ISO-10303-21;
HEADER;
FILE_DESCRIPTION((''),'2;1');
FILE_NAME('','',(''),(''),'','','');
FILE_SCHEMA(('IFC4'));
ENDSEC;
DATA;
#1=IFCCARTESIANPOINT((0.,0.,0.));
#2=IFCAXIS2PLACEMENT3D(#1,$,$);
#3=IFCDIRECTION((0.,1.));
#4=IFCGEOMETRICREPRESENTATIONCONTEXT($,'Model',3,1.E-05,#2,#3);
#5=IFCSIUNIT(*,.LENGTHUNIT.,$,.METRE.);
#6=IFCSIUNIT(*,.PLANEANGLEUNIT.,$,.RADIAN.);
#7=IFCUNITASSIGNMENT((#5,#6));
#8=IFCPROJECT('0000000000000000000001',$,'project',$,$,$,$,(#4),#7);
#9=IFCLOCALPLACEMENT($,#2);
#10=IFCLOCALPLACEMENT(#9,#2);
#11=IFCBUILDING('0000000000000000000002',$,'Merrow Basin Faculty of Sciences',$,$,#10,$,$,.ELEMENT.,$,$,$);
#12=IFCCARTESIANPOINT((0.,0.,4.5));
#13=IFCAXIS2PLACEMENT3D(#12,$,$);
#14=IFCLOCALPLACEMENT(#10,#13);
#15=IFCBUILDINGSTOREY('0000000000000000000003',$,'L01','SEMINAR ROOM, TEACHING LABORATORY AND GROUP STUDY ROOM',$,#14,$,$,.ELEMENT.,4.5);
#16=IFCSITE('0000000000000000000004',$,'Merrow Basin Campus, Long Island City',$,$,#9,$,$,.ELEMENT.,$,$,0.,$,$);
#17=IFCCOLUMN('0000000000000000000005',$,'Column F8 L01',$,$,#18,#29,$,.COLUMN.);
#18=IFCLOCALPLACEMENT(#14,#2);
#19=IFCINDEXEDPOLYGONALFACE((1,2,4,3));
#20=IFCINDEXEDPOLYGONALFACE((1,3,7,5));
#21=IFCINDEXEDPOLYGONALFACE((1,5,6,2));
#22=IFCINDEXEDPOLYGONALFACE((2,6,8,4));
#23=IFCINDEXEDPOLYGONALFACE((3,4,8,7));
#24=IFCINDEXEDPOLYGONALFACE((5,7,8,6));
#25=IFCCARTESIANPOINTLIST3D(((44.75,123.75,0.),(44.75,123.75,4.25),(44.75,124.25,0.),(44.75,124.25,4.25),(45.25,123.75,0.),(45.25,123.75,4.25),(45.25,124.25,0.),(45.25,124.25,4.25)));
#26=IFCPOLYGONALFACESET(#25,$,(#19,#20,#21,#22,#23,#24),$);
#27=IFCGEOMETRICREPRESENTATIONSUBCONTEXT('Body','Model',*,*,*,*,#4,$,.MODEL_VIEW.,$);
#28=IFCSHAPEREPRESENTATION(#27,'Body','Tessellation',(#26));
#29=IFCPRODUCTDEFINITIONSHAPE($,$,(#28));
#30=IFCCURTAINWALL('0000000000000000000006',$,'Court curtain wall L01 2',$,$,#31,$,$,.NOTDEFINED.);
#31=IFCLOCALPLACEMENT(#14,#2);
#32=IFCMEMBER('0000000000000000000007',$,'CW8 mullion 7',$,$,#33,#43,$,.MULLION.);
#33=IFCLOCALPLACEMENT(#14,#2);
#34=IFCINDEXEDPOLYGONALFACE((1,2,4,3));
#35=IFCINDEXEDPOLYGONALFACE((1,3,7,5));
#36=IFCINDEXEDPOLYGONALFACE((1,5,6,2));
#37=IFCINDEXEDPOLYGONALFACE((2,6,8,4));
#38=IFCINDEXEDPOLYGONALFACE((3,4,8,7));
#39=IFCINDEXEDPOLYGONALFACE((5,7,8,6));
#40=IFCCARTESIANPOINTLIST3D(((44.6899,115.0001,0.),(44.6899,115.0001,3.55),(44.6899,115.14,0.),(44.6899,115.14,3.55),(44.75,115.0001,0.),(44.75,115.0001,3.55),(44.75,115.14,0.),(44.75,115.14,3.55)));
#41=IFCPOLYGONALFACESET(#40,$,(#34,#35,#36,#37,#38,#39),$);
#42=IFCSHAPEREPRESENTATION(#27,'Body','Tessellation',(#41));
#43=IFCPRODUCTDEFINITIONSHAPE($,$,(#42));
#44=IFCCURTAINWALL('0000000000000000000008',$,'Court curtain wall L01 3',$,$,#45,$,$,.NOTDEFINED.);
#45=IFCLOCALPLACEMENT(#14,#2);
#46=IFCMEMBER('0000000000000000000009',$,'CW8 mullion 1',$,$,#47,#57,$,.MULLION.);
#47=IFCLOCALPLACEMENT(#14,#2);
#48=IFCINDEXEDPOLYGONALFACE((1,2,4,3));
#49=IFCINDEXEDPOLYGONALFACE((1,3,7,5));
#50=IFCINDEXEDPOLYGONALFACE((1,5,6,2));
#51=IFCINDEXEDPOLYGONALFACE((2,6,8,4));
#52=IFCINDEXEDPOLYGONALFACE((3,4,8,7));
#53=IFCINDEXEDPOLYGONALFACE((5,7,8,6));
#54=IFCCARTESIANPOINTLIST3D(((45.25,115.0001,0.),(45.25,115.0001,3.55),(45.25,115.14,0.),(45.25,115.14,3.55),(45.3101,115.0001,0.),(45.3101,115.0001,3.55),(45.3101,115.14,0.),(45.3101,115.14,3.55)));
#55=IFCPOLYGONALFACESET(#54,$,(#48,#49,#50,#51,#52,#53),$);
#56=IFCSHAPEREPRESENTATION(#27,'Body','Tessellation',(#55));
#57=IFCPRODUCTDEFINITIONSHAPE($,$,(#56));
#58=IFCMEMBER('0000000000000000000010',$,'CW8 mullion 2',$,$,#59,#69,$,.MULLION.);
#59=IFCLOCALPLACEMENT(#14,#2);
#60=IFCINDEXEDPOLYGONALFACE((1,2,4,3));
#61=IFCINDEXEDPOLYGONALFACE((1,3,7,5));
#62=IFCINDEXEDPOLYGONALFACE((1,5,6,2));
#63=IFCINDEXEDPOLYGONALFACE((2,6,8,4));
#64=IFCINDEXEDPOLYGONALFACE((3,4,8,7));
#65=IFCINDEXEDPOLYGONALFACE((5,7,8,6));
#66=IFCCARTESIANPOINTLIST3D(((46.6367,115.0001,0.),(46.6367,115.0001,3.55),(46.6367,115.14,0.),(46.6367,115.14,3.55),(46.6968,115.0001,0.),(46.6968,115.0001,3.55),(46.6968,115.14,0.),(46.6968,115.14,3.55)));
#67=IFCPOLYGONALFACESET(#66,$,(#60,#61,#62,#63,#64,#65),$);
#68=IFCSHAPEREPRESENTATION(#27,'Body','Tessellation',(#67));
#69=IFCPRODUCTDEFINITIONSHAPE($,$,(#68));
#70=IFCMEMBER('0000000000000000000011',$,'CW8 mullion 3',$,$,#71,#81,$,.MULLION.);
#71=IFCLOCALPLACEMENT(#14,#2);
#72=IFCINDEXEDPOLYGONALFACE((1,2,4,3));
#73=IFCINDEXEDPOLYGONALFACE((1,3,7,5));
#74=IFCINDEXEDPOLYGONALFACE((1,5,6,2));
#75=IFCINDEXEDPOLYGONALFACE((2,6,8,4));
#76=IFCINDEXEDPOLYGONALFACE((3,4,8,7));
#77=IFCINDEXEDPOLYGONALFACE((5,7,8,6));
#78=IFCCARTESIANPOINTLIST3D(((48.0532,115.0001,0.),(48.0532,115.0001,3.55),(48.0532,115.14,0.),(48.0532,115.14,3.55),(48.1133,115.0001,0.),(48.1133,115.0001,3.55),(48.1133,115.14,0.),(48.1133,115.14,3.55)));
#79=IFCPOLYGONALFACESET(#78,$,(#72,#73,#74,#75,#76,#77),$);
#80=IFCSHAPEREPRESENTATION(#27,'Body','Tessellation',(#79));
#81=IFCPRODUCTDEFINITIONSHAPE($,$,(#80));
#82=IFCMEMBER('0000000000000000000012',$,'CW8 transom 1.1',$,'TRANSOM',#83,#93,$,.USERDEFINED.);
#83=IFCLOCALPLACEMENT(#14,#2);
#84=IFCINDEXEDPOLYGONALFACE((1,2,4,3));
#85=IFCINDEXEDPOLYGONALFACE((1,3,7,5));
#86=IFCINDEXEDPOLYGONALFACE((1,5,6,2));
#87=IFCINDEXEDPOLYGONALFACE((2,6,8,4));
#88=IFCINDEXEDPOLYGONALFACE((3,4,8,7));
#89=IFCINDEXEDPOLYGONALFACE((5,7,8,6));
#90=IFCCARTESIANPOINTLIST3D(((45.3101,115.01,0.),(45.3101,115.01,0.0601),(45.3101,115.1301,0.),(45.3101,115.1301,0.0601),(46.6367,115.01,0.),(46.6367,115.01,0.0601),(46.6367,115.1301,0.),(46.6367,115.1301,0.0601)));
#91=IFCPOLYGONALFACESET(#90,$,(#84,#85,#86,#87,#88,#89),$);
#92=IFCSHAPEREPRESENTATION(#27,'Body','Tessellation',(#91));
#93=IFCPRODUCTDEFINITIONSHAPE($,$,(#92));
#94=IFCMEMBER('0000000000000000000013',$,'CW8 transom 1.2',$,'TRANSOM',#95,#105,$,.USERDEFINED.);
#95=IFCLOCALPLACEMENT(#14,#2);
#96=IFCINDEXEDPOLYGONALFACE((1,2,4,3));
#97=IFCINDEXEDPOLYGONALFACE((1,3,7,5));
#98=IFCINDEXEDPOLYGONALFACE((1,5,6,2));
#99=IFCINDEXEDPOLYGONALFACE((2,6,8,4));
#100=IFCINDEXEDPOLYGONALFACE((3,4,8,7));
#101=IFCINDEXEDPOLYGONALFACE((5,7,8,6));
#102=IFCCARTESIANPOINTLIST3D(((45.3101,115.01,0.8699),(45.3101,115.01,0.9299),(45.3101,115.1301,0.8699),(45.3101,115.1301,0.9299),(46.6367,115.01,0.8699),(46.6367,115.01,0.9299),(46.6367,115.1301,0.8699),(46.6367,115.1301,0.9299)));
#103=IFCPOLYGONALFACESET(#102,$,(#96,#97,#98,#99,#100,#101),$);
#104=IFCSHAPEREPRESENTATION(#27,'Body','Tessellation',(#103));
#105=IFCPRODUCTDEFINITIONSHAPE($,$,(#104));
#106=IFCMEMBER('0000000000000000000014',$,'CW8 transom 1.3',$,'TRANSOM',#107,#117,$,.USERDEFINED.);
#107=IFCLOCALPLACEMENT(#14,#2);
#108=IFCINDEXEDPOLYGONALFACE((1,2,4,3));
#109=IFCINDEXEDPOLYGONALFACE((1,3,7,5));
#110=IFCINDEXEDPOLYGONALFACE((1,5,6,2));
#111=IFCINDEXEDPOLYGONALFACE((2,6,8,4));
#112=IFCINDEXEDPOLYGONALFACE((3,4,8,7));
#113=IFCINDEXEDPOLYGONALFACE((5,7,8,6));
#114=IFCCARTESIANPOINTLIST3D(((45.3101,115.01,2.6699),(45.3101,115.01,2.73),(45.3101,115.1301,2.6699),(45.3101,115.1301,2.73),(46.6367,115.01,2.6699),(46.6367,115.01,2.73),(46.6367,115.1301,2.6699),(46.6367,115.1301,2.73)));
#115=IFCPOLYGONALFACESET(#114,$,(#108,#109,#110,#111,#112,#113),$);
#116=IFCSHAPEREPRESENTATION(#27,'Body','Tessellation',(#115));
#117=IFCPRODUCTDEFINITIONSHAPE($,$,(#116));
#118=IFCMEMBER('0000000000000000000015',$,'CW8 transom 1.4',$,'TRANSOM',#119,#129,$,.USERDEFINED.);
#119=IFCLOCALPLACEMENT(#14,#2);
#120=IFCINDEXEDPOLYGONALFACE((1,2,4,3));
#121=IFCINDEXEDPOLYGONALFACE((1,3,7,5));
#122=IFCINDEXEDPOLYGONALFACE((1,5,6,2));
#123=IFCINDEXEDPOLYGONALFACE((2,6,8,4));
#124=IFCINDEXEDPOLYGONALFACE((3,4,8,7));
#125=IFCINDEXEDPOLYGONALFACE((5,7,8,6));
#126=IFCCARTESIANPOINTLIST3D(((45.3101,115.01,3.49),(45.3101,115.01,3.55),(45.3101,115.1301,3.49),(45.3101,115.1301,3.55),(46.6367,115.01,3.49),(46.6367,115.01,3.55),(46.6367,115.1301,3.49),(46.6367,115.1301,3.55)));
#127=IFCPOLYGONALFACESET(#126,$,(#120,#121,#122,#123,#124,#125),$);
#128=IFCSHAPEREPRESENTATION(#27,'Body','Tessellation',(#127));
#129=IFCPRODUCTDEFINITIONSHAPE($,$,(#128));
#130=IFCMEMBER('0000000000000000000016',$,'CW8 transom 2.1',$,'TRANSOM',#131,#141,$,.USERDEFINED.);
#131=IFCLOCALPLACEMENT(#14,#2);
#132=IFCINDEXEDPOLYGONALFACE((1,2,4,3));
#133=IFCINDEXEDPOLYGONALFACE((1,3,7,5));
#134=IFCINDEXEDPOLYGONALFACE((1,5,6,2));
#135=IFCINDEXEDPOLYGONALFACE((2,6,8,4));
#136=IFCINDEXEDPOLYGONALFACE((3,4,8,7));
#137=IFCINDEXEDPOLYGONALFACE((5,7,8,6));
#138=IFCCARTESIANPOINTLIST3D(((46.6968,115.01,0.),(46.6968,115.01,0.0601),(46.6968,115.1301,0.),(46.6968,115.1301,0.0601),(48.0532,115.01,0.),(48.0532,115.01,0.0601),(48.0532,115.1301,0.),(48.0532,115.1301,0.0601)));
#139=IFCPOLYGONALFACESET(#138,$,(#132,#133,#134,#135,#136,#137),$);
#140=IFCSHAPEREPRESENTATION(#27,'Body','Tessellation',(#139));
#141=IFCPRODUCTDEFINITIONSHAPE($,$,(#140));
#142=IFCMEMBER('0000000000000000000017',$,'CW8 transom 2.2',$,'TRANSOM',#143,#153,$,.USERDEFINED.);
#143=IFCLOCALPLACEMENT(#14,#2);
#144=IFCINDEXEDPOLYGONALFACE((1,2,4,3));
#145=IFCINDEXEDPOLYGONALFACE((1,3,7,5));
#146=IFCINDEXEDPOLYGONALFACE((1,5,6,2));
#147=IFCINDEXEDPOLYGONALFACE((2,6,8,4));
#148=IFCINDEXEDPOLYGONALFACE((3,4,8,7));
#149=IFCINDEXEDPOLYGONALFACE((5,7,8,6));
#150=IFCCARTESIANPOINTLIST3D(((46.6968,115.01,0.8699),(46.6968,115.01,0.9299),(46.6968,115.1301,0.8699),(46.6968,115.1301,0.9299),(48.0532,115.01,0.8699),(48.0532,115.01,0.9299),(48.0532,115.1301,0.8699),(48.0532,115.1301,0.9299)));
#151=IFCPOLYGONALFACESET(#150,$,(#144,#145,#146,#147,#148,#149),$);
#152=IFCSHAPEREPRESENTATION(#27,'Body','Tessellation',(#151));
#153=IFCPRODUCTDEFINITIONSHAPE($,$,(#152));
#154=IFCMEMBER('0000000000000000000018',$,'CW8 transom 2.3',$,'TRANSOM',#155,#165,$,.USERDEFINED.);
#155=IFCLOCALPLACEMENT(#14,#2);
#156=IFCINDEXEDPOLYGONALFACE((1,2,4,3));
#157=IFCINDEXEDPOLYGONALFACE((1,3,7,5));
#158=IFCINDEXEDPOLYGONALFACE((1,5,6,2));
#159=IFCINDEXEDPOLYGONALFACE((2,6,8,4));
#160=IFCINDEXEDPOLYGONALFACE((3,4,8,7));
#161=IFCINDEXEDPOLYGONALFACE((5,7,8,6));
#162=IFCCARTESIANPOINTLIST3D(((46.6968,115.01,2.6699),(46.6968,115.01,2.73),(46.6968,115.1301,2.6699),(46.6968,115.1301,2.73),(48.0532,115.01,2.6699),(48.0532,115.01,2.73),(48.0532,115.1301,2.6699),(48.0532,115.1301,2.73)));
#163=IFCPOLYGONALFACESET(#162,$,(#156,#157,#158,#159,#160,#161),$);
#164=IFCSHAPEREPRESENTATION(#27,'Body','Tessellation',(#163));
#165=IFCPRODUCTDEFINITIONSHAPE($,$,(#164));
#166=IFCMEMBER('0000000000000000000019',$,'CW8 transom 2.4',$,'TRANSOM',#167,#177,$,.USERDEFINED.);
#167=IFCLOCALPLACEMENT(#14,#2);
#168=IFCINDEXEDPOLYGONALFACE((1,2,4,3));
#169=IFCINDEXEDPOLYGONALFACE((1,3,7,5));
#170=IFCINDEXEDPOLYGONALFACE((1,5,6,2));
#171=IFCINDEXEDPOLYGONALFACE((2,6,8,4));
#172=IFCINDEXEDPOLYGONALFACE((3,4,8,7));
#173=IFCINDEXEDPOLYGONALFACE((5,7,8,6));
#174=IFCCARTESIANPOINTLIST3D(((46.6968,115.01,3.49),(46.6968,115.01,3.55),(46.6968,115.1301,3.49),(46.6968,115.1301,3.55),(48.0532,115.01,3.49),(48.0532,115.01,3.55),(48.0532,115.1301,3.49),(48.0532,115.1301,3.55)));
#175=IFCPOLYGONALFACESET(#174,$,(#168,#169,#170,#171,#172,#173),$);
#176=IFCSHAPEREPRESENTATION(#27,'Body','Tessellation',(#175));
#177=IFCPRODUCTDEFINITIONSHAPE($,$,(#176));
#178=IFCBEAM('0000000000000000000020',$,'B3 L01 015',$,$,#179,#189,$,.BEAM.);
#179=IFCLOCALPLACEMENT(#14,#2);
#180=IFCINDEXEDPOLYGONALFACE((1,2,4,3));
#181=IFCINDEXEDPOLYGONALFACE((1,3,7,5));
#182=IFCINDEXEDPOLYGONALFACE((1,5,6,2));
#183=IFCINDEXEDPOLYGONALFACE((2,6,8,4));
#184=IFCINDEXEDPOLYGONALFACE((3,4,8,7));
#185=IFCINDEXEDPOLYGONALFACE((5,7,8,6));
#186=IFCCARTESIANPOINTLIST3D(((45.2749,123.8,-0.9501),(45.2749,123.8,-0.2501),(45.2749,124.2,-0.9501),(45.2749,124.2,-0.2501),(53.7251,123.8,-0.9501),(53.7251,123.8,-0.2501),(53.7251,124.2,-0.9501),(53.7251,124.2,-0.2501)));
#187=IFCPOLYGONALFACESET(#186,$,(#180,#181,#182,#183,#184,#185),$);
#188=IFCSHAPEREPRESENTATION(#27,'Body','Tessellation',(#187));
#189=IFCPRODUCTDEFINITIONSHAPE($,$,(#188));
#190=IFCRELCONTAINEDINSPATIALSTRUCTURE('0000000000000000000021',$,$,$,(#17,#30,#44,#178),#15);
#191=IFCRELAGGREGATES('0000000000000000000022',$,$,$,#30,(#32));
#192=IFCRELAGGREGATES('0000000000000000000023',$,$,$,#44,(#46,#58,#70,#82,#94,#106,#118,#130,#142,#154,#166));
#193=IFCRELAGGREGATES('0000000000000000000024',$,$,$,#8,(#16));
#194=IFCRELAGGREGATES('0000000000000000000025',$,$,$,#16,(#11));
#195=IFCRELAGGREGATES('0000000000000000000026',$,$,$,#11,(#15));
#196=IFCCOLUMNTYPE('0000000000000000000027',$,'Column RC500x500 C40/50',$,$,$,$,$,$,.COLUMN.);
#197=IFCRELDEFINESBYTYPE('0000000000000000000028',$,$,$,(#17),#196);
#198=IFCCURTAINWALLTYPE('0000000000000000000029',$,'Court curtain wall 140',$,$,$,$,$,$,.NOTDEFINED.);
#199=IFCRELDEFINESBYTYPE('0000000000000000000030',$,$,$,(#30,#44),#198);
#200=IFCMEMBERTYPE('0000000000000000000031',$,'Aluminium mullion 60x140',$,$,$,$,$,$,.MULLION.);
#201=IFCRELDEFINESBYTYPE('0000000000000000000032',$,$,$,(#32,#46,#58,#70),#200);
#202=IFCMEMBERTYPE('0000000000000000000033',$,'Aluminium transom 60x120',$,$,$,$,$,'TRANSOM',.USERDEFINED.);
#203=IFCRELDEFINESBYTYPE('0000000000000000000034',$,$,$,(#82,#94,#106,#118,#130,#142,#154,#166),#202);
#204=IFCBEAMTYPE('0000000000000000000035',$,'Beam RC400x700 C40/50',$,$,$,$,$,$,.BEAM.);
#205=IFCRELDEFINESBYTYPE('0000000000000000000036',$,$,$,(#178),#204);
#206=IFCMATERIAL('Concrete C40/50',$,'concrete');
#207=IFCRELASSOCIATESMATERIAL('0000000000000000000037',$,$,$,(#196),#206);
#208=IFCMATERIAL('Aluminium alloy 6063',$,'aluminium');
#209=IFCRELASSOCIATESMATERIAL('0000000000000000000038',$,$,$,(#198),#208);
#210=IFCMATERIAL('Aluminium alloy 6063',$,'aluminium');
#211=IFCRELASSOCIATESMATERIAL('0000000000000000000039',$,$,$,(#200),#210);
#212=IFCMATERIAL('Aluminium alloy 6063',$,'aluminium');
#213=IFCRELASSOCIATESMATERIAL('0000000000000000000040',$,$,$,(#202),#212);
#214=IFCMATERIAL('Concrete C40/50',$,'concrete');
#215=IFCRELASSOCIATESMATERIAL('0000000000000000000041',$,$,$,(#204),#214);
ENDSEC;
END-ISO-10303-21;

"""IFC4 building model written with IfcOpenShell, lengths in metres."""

from ifc_helpers import new_model, si_unit, direction, frame, origin, origin_2d, place, context, subcontext, project, spatial, rectangle, extrude, material, material_profile, profile_set, type_object, element, aggregate, save


model = new_model("IFC4")

# Units and contexts
model_context = context("Model", 3, precision=1e-05, world=origin(), true_north=direction((0.0, 1.0)))
body_context = subcontext(model_context, "Body", "Model", "MODEL_VIEW")
ifc_project = project(units=[si_unit("LENGTHUNIT", "METRE"), si_unit("PLANEANGLEUNIT", "RADIAN")], contexts=[model_context])

# Site, building, storey
site_placement = place(None, origin())
site = spatial("IfcSite", under=ifc_project, at=site_placement, Name="Merrow Basin Campus, Long Island City", CompositionType="ELEMENT", RefElevation=0.0)
building_placement = place(site_placement, origin())
building = spatial("IfcBuilding", under=site, at=building_placement, Name="Merrow Basin Faculty of Sciences", CompositionType="ELEMENT")
storey_placement = place(building_placement, frame((0.0, 0.0, 4.5)))
storey = spatial("IfcBuildingStorey", under=building, at=storey_placement, Name="L01", Description="SEMINAR ROOM, TEACHING LABORATORY AND GROUP STUDY ROOM", CompositionType="ELEMENT", Elevation=4.5)

# Column
ifc_material_1 = material(Name="Concrete C40/50", Category="concrete")
ifc_material_profile_1 = material_profile(ifc_material_1, rectangle(XDim=0.5, YDim=0.5, at=origin_2d()))
ifc_profile_set_1 = profile_set([ifc_material_profile_1], Name="Concrete C40/50")
column_type = type_object("IfcColumnType", Name="Column RC500x500 C40/50", PredefinedType="COLUMN", material=ifc_profile_set_1)
column_placement = place(storey_placement, frame((45.0, 124.0, 0.0), z_axis=(0.0, 0.0, 1.0), x_axis=(1.0, 0.0, 0.0)))
element("IfcColumn", 1, at=column_placement, inside=storey, type_object=column_type, Name="Column F8 L01", PredefinedType="COLUMN", context=body_context, shape_type="SweptSolid", body=[
    extrude(rectangle(XDim=0.5, YDim=0.5, at=origin_2d()), origin(), (0.0, 0.0, 1.0), 4.25),
])

# Curtain wall, member
ifc_material_2 = material(Name="Aluminium alloy 6063", Category="aluminium")
curtain_wall_type = type_object("IfcCurtainWallType", Name="Court curtain wall 140", PredefinedType="NOTDEFINED", material=ifc_material_2)
curtain_wall_1_placement = place(storey_placement, origin())
curtain_wall_1 = element("IfcCurtainWall", 2, at=curtain_wall_1_placement, inside=storey, type_object=curtain_wall_type, Name="Court curtain wall L01 2", PredefinedType="NOTDEFINED")
ifc_material_3 = material(Name="Aluminium alloy 6063", Category="aluminium")
ifc_material_profile_2 = material_profile(ifc_material_3, rectangle(XDim=0.1399, YDim=0.0601, at=origin_2d()))
ifc_profile_set_2 = profile_set([ifc_material_profile_2], Name="Aluminium alloy 6063")
member_type_1 = type_object("IfcMemberType", Name="Aluminium mullion 60x140", PredefinedType="MULLION", material=ifc_profile_set_2)
member_1_placement = place(storey_placement, frame((44.72, 115.0701, 0.0), z_axis=(0.0, 0.0, 1.0), x_axis=(0.0, 1.0, 0.0)))
member_1 = element("IfcMember", 3, at=member_1_placement, type_object=member_type_1, Name="CW8 mullion 7", PredefinedType="MULLION", context=body_context, shape_type="SweptSolid", body=[
    extrude(rectangle(XDim=0.1399, YDim=0.0601, at=origin_2d()), origin(), (0.0, 0.0, 1.0), 3.55),
])

# Curtain wall, members
curtain_wall_2_placement = place(storey_placement, origin())
curtain_wall_2 = element("IfcCurtainWall", 4, at=curtain_wall_2_placement, inside=storey, type_object=curtain_wall_type, Name="Court curtain wall L01 3", PredefinedType="NOTDEFINED")
member_2_placement = place(storey_placement, frame((45.28, 115.0701, 0.0), z_axis=(0.0, 0.0, 1.0), x_axis=(0.0, 1.0, 0.0)))
member_2 = element("IfcMember", 5, at=member_2_placement, type_object=member_type_1, Name="CW8 mullion 1", PredefinedType="MULLION", context=body_context, shape_type="SweptSolid", body=[
    extrude(rectangle(XDim=0.1399, YDim=0.0601, at=origin_2d()), origin(), (0.0, 0.0, 1.0), 3.55),
])
member_3_placement = place(storey_placement, frame((46.6667, 115.0701, 0.0), z_axis=(0.0, 0.0, 1.0), x_axis=(0.0, 1.0, 0.0)))
member_3 = element("IfcMember", 6, at=member_3_placement, type_object=member_type_1, Name="CW8 mullion 2", PredefinedType="MULLION", context=body_context, shape_type="SweptSolid", body=[
    extrude(rectangle(XDim=0.1399, YDim=0.0601, at=origin_2d()), origin(), (0.0, 0.0, 1.0), 3.55),
])
member_4_placement = place(storey_placement, frame((48.0833, 115.0701, 0.0), z_axis=(0.0, 0.0, 1.0), x_axis=(0.0, 1.0, 0.0)))
member_4 = element("IfcMember", 7, at=member_4_placement, type_object=member_type_1, Name="CW8 mullion 3", PredefinedType="MULLION", context=body_context, shape_type="SweptSolid", body=[
    extrude(rectangle(XDim=0.1399, YDim=0.0601, at=origin_2d()), origin(), (0.0, 0.0, 1.0), 3.55),
])
ifc_material_4 = material(Name="Aluminium alloy 6063", Category="aluminium")
ifc_material_profile_3 = material_profile(ifc_material_4, rectangle(XDim=0.1201, YDim=0.0601, at=origin_2d()))
ifc_profile_set_3 = profile_set([ifc_material_profile_3], Name="Aluminium alloy 6063")
member_type_2 = type_object("IfcMemberType", Name="Aluminium transom 60x120", ElementType="TRANSOM", PredefinedType="USERDEFINED", material=ifc_profile_set_3)
member_5_placement = place(storey_placement, frame((45.3101, 115.0701, 0.03), z_axis=(1.0, 0.0, 0.0), x_axis=(0.0, 1.0, 0.0)))
member_5 = element("IfcMember", 8, at=member_5_placement, type_object=member_type_2, Name="CW8 transom 1.1", ObjectType="TRANSOM", PredefinedType="USERDEFINED", context=body_context, shape_type="SweptSolid", body=[
    extrude(rectangle(XDim=0.1201, YDim=0.0601, at=origin_2d()), origin(), (0.0, 0.0, 1.0), 1.3267),
])
member_6_placement = place(storey_placement, frame((45.3101, 115.0701, 0.8999), z_axis=(1.0, 0.0, 0.0), x_axis=(0.0, 1.0, 0.0)))
member_6 = element("IfcMember", 9, at=member_6_placement, type_object=member_type_2, Name="CW8 transom 1.2", ObjectType="TRANSOM", PredefinedType="USERDEFINED", context=body_context, shape_type="SweptSolid", body=[
    extrude(rectangle(XDim=0.1201, YDim=0.0601, at=origin_2d()), origin(), (0.0, 0.0, 1.0), 1.3267),
])
member_7_placement = place(storey_placement, frame((45.3101, 115.0701, 2.7), z_axis=(1.0, 0.0, 0.0), x_axis=(0.0, 1.0, 0.0)))
member_7 = element("IfcMember", 10, at=member_7_placement, type_object=member_type_2, Name="CW8 transom 1.3", ObjectType="TRANSOM", PredefinedType="USERDEFINED", context=body_context, shape_type="SweptSolid", body=[
    extrude(rectangle(XDim=0.1201, YDim=0.0601, at=origin_2d()), origin(), (0.0, 0.0, 1.0), 1.3267),
])
member_8_placement = place(storey_placement, frame((45.3101, 115.0701, 3.52), z_axis=(1.0, 0.0, 0.0), x_axis=(0.0, 1.0, 0.0)))
member_8 = element("IfcMember", 11, at=member_8_placement, type_object=member_type_2, Name="CW8 transom 1.4", ObjectType="TRANSOM", PredefinedType="USERDEFINED", context=body_context, shape_type="SweptSolid", body=[
    extrude(rectangle(XDim=0.1201, YDim=0.0601, at=origin_2d()), origin(), (0.0, 0.0, 1.0), 1.3267),
])
member_9_placement = place(storey_placement, frame((46.6968, 115.0701, 0.03), z_axis=(1.0, 0.0, 0.0), x_axis=(0.0, 1.0, 0.0)))
member_9 = element("IfcMember", 12, at=member_9_placement, type_object=member_type_2, Name="CW8 transom 2.1", ObjectType="TRANSOM", PredefinedType="USERDEFINED", context=body_context, shape_type="SweptSolid", body=[
    extrude(rectangle(XDim=0.1201, YDim=0.0601, at=origin_2d()), origin(), (0.0, 0.0, 1.0), 1.3564),
])
member_10_placement = place(storey_placement, frame((46.6968, 115.0701, 0.8999), z_axis=(1.0, 0.0, 0.0), x_axis=(0.0, 1.0, 0.0)))
member_10 = element("IfcMember", 13, at=member_10_placement, type_object=member_type_2, Name="CW8 transom 2.2", ObjectType="TRANSOM", PredefinedType="USERDEFINED", context=body_context, shape_type="SweptSolid", body=[
    extrude(rectangle(XDim=0.1201, YDim=0.0601, at=origin_2d()), origin(), (0.0, 0.0, 1.0), 1.3564),
])
member_11_placement = place(storey_placement, frame((46.6968, 115.0701, 2.7), z_axis=(1.0, 0.0, 0.0), x_axis=(0.0, 1.0, 0.0)))
member_11 = element("IfcMember", 14, at=member_11_placement, type_object=member_type_2, Name="CW8 transom 2.3", ObjectType="TRANSOM", PredefinedType="USERDEFINED", context=body_context, shape_type="SweptSolid", body=[
    extrude(rectangle(XDim=0.1201, YDim=0.0601, at=origin_2d()), origin(), (0.0, 0.0, 1.0), 1.3564),
])
member_12_placement = place(storey_placement, frame((46.6968, 115.0701, 3.52), z_axis=(1.0, 0.0, 0.0), x_axis=(0.0, 1.0, 0.0)))
member_12 = element("IfcMember", 15, at=member_12_placement, type_object=member_type_2, Name="CW8 transom 2.4", ObjectType="TRANSOM", PredefinedType="USERDEFINED", context=body_context, shape_type="SweptSolid", body=[
    extrude(rectangle(XDim=0.1201, YDim=0.0601, at=origin_2d()), origin(), (0.0, 0.0, 1.0), 1.3564),
])

# Beam
ifc_material_5 = material(Name="Concrete C40/50", Category="concrete")
ifc_material_profile_4 = material_profile(ifc_material_5, rectangle(XDim=0.3999, YDim=0.7, at=origin_2d()))
ifc_profile_set_4 = profile_set([ifc_material_profile_4], Name="Concrete C40/50")
beam_type_1 = type_object("IfcBeamType", Name="Beam RC400x700 C40/50", PredefinedType="BEAM", material=ifc_profile_set_4)
for number, where, z_axis, x_axis, name in (
    (16, (45.2749, 124.0, -0.6001), (1.0, 0.0, 0.0), (0.0, 1.0, 0.0), "B3 L01 015"),
):
    element("IfcBeam", number, at=place(storey_placement, frame(where, z_axis=z_axis, x_axis=x_axis)), inside=storey, type_object=beam_type_1, Name=name, PredefinedType="BEAM", context=body_context, shape_type="SweptSolid", body=[
        extrude(rectangle(XDim=0.3999, YDim=0.7, at=origin_2d()), origin(), (0.0, 0.0, 1.0), 8.4502),
    ])

aggregate(curtain_wall_1, [member_1])
aggregate(curtain_wall_2, [member_2, member_3, member_4, member_5, member_6, member_7, member_8, member_9, member_10, member_11, member_12])

save(model, "model.ifc")
